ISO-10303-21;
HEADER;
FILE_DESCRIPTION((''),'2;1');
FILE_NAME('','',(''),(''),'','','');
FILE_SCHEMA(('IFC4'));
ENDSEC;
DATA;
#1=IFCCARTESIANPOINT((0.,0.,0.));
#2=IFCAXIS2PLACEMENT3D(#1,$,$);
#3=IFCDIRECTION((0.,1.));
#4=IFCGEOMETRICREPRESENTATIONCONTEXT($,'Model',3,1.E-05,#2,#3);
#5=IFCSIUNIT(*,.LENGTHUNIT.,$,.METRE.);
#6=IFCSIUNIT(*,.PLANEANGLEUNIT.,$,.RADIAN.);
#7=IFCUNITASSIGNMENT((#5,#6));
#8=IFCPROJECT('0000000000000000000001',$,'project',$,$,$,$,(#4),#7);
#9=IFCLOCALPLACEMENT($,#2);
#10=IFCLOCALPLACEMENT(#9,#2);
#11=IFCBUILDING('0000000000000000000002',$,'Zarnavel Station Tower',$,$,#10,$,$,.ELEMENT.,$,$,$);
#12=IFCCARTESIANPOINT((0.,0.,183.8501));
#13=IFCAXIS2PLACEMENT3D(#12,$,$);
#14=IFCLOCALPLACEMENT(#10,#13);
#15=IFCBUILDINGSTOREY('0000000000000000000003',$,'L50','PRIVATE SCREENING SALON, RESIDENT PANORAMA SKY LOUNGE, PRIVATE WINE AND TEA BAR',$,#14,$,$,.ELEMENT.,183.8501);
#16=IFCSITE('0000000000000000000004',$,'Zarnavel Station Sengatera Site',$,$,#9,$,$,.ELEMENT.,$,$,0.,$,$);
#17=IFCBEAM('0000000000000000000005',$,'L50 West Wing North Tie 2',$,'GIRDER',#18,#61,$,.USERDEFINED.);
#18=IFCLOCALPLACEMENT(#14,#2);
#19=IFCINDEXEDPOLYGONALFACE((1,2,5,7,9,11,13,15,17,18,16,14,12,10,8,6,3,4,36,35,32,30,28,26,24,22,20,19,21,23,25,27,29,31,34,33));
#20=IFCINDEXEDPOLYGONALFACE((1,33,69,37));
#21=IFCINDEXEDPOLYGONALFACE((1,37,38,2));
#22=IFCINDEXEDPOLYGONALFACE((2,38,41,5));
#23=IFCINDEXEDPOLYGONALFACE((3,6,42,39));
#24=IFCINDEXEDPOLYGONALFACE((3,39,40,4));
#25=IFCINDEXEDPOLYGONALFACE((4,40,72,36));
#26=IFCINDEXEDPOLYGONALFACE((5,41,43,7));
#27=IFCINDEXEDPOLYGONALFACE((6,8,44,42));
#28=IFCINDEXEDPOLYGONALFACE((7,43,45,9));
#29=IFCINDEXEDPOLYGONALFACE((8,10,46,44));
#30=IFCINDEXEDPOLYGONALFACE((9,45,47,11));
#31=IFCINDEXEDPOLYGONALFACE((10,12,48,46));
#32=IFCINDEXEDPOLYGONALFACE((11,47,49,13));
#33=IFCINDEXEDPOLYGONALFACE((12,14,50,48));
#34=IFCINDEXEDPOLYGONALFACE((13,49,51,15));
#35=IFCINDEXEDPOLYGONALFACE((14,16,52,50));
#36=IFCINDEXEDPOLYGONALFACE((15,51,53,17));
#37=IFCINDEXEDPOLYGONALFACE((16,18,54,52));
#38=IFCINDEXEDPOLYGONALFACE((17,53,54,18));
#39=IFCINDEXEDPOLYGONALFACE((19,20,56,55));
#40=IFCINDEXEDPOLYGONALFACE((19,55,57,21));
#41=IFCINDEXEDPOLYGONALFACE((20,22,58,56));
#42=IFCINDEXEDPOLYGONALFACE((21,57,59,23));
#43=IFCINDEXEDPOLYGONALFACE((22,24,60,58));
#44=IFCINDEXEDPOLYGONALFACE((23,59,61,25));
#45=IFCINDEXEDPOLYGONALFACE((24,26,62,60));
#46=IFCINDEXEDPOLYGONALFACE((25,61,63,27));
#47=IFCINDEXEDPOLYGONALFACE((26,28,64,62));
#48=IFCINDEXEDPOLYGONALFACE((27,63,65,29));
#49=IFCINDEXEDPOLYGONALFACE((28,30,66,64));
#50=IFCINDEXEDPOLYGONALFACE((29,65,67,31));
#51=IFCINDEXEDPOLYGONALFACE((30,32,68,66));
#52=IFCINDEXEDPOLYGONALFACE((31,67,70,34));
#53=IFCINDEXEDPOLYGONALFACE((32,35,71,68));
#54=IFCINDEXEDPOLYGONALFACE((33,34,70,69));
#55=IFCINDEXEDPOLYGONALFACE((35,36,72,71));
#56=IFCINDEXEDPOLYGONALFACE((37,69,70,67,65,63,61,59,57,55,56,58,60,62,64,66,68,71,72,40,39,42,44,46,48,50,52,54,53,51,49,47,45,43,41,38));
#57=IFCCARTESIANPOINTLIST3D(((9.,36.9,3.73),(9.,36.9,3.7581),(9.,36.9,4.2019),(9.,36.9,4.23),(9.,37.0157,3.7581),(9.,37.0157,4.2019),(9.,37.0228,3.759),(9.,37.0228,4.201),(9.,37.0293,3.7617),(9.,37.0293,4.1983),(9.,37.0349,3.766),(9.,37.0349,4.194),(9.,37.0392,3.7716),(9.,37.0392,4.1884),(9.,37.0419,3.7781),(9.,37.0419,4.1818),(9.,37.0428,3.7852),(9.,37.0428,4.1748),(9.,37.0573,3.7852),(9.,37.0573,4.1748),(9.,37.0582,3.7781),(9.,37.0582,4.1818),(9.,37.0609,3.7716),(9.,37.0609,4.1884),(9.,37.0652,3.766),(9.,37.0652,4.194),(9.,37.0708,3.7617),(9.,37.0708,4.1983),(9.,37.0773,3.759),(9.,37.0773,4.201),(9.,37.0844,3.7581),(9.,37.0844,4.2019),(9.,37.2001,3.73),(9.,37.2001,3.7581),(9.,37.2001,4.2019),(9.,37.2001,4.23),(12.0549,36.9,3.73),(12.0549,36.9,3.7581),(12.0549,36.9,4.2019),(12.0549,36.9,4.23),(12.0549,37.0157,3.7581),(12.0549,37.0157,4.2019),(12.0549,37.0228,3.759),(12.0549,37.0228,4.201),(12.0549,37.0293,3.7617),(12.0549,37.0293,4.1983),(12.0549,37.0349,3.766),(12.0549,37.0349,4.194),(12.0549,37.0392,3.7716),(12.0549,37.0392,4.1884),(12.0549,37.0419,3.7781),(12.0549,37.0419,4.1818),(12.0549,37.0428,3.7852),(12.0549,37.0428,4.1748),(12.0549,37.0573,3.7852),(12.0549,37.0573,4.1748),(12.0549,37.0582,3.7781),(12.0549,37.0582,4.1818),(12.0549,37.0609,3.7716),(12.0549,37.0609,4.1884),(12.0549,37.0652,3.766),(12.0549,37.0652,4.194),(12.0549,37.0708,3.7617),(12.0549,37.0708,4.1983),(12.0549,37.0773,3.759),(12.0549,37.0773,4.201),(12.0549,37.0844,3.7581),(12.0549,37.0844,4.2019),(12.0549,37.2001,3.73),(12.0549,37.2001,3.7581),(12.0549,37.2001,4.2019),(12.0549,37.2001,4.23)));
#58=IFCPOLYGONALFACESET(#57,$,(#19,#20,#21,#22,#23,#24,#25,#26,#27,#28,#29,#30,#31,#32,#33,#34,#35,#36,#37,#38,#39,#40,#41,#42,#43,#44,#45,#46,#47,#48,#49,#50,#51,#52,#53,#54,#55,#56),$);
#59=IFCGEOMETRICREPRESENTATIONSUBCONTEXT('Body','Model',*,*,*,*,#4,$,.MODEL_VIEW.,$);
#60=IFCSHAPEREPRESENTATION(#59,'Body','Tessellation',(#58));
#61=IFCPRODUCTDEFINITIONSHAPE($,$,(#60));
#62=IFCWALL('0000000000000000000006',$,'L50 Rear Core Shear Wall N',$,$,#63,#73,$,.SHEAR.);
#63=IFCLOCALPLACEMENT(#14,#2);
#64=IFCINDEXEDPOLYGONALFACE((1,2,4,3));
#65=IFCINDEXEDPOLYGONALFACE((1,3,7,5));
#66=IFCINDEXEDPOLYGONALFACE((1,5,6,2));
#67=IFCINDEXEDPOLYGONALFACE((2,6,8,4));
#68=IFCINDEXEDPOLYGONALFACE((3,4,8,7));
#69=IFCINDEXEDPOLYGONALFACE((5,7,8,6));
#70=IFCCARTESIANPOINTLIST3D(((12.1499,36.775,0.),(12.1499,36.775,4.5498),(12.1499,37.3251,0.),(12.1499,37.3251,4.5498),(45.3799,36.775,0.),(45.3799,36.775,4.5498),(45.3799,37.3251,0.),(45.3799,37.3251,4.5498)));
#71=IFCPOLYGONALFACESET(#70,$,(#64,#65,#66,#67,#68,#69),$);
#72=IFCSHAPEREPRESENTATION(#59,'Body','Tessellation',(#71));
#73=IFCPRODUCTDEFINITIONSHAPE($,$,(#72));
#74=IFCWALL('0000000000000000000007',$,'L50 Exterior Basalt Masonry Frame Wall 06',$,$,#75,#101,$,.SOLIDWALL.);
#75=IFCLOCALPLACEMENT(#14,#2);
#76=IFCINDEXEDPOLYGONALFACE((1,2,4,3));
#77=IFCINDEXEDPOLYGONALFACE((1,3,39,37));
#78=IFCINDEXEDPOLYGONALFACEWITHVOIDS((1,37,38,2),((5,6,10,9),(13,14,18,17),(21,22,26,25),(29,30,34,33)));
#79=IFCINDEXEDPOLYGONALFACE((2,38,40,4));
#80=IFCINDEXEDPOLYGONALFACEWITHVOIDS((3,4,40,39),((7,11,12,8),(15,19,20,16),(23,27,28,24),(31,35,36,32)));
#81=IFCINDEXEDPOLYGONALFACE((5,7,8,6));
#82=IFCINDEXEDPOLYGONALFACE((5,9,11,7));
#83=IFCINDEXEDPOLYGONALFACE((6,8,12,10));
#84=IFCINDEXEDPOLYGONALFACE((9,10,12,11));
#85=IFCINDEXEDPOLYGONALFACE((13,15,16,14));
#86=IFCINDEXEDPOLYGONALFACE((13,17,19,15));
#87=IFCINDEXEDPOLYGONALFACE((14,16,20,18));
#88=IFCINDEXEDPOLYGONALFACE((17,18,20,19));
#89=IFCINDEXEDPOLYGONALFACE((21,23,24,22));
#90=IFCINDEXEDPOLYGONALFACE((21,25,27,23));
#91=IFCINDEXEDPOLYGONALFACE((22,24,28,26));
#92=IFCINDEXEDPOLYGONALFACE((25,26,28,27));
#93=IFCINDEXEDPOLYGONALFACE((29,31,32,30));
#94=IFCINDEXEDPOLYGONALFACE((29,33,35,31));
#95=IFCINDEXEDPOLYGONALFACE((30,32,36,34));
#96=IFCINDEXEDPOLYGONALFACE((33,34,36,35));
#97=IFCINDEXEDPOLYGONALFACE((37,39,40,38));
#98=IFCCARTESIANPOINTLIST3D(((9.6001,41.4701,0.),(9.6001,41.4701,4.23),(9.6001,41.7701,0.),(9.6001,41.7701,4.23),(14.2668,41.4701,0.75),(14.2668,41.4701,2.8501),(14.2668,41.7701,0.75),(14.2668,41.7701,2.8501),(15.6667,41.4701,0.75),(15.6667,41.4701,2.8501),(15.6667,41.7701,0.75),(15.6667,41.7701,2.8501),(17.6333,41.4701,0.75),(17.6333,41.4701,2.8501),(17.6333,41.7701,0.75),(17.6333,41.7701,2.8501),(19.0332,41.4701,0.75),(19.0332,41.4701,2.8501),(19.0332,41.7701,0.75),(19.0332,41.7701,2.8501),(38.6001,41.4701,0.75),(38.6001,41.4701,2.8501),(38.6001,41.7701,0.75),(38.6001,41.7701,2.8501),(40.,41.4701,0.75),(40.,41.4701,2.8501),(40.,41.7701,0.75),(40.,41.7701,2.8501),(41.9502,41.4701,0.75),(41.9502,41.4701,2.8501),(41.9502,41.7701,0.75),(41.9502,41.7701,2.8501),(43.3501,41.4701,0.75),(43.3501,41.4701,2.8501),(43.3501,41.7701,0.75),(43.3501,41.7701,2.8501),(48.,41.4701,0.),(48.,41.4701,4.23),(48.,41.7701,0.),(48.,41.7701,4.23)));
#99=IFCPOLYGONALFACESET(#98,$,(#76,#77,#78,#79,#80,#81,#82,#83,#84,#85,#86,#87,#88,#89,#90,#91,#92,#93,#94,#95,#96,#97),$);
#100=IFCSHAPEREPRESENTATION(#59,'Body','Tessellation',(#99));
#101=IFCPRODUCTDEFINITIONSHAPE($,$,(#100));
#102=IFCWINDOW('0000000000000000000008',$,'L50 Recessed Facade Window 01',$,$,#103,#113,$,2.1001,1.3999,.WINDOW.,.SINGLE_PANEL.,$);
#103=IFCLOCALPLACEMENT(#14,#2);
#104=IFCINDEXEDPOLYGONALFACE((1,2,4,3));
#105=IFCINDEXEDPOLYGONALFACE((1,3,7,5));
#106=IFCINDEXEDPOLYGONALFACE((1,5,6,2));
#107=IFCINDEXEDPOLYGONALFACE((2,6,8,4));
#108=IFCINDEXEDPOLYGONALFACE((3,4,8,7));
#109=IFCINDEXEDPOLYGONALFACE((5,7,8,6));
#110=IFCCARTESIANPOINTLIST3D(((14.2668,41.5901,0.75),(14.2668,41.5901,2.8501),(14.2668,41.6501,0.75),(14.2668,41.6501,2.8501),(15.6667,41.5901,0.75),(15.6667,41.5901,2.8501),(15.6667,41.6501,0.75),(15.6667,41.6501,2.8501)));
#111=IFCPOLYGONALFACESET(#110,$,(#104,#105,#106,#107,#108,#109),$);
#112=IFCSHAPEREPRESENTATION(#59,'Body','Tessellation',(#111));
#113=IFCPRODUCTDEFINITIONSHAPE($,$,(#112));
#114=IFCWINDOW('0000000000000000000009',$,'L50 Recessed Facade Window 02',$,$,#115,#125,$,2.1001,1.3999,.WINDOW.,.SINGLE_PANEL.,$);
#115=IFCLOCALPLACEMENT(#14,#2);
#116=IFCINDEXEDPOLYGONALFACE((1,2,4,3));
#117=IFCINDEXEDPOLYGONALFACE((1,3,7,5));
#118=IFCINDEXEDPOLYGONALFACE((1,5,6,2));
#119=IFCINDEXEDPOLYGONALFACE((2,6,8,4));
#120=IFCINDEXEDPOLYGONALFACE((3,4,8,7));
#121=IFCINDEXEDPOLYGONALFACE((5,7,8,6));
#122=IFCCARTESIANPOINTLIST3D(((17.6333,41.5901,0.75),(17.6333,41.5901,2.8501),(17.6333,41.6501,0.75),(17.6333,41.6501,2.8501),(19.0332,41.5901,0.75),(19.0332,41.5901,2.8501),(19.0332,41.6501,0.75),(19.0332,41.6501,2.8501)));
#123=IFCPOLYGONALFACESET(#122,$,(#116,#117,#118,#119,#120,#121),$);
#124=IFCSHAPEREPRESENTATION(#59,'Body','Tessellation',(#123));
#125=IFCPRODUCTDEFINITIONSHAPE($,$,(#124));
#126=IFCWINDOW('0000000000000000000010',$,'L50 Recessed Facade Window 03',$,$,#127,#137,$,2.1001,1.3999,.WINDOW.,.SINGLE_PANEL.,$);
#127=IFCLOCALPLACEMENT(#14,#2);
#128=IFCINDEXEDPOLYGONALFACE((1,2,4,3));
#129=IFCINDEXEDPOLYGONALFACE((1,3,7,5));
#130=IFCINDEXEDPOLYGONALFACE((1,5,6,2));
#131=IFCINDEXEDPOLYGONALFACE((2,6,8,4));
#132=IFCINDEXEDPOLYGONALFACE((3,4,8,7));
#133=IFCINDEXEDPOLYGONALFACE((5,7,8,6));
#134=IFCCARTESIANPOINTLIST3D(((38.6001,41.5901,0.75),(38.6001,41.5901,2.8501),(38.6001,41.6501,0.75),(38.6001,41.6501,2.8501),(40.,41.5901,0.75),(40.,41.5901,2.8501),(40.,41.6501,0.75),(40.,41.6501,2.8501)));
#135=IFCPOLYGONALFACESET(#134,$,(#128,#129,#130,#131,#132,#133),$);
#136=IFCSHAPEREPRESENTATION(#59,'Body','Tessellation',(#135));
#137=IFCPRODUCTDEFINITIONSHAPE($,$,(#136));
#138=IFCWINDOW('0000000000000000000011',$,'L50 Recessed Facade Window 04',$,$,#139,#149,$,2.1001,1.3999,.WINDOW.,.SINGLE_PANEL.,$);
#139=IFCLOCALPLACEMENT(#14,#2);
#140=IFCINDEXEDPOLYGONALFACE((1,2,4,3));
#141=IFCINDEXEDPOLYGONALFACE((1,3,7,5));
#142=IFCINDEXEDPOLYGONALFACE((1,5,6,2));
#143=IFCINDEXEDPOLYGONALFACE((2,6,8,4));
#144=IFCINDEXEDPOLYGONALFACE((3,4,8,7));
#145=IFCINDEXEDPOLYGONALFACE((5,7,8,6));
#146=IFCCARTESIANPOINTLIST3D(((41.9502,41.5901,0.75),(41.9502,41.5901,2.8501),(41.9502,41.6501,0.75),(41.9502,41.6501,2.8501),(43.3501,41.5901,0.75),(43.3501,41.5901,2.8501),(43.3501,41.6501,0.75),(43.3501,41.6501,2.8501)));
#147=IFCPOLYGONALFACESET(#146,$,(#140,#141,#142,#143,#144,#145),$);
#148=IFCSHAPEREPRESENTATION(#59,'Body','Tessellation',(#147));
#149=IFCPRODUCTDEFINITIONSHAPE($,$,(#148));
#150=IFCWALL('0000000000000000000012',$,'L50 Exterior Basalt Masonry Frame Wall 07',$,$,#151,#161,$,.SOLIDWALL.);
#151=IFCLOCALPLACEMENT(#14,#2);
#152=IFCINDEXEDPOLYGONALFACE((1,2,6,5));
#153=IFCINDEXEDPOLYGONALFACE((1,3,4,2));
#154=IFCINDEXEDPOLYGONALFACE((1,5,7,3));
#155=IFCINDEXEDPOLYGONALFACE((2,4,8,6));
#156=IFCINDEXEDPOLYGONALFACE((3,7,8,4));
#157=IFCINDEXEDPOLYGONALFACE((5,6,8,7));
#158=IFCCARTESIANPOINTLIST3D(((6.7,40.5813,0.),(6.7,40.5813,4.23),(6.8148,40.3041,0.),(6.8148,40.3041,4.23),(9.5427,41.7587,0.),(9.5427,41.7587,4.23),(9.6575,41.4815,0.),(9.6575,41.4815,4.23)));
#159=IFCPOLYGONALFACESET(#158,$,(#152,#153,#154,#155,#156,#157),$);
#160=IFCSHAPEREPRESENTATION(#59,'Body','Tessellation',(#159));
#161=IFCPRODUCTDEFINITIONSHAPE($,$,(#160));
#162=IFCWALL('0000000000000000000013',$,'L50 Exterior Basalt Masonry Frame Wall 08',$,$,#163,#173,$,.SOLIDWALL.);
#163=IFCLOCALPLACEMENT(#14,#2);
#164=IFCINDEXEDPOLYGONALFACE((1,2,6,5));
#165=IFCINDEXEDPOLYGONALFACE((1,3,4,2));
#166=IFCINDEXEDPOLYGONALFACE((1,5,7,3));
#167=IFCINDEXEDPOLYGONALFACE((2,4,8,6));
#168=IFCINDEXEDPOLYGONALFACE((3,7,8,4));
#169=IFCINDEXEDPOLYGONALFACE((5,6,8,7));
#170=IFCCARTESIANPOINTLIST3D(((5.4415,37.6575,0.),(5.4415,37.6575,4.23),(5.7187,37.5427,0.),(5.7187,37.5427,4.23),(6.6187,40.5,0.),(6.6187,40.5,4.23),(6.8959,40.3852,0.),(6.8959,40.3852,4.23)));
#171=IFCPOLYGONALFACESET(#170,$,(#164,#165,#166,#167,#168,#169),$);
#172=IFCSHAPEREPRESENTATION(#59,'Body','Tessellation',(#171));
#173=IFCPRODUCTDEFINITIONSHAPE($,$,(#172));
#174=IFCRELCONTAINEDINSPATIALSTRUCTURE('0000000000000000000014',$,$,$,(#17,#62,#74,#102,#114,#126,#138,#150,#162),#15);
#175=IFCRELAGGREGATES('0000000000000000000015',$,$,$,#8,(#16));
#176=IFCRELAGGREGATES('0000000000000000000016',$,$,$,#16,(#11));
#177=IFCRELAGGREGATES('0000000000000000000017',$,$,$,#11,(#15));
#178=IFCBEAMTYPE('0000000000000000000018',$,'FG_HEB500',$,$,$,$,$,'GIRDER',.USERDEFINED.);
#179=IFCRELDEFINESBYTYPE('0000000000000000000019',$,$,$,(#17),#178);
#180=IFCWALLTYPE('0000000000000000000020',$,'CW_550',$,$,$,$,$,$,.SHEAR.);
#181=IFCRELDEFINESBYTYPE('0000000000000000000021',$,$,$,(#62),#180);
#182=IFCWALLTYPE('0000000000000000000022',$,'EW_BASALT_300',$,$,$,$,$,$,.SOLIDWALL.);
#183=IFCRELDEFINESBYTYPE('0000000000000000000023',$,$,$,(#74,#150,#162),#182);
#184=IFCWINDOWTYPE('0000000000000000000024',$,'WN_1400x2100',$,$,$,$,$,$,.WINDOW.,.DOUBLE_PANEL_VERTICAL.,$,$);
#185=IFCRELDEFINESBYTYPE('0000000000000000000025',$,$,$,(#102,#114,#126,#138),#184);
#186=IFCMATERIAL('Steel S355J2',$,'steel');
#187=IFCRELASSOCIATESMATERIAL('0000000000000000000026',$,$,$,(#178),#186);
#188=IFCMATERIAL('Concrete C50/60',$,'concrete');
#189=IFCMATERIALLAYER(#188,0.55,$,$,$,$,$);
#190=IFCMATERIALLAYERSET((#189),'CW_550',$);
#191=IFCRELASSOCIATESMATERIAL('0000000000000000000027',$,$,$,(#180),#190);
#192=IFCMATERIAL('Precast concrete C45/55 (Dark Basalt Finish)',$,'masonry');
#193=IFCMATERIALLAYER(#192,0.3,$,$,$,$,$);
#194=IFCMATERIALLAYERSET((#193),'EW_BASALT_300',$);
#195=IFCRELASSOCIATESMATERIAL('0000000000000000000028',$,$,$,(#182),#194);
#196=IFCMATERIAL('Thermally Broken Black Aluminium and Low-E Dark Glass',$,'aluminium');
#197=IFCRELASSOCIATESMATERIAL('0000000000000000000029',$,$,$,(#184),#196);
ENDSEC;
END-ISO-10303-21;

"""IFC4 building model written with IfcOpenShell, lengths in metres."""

from ifc_helpers import new_model, si_unit, direction, frame, frame_2d, origin, origin_2d, place, context, subcontext, project, spatial, rectangle, i_section, extrude, material, layer, layer_set, material_profile, profile_set, type_object, element, fill, save


model = new_model("IFC4")

# Units and contexts
model_context = context("Model", 3, precision=1e-05, world=origin(), true_north=direction((0.0, 1.0)))
body_context = subcontext(model_context, "Body", "Model", "MODEL_VIEW")
ifc_project = project(units=[si_unit("LENGTHUNIT", "METRE"), si_unit("PLANEANGLEUNIT", "RADIAN")], contexts=[model_context])

# Site, building, storey
site_placement = place(None, origin())
site = spatial("IfcSite", under=ifc_project, at=site_placement, Name="Zarnavel Station Sengatera Site", CompositionType="ELEMENT", RefElevation=0.0)
building_placement = place(site_placement, origin())
building = spatial("IfcBuilding", under=site, at=building_placement, Name="Zarnavel Station Tower", CompositionType="ELEMENT")
storey_placement = place(building_placement, frame((0.0, 0.0, 183.8501)))
storey = spatial("IfcBuildingStorey", under=building, at=storey_placement, Name="L50", Description="PRIVATE SCREENING SALON, RESIDENT PANORAMA SKY LOUNGE, PRIVATE WINE AND TEA BAR", CompositionType="ELEMENT", Elevation=183.8501)

# Beam
ifc_material_1 = material(Name="Steel S355J2", Category="steel")
ifc_material_profile_1 = material_profile(ifc_material_1, i_section(OverallWidth=0.3, OverallDepth=0.5, WebThickness=0.0144, FlangeThickness=0.0281, FilletRadius=0.0271, at=origin_2d()), Name="HEB500")
ifc_profile_set_1 = profile_set([ifc_material_profile_1], Name="Steel S355J2")
beam_type = type_object("IfcBeamType", Name="FG_HEB500", ElementType="GIRDER", PredefinedType="USERDEFINED", material=ifc_profile_set_1)
beam_1_placement = place(storey_placement, frame((9.0, 37.05, 3.98), z_axis=(1.0, 0.0, 0.0), x_axis=(0.0, 1.0, 0.0)))
element("IfcBeam", 1, at=beam_1_placement, inside=storey, type_object=beam_type, Name="L50 West Wing North Tie 2", ObjectType="GIRDER", PredefinedType="USERDEFINED", context=body_context, shape_type="SweptSolid", body=[
    extrude(i_section(OverallWidth=0.3, OverallDepth=0.5, WebThickness=0.0144, FlangeThickness=0.0281, FilletRadius=0.0271, at=origin_2d()), origin(), (0.0, 0.0, 1.0), 3.0549),
])

# Wall
ifc_material_2 = material(Name="Concrete C50/60", Category="concrete")
ifc_layer_1 = layer(ifc_material_2, 0.55)
ifc_layer_set_1 = layer_set([ifc_layer_1], Name="CW_550")
wall_type_1 = type_object("IfcWallType", Name="CW_550", PredefinedType="SHEAR", material=ifc_layer_set_1)
wall_1_placement = place(storey_placement, frame((12.1499, 37.05, 0.0), z_axis=(0.0, 0.0, 1.0), x_axis=(1.0, 0.0, 0.0)))
element("IfcWall", 2, at=wall_1_placement, inside=storey, type_object=wall_type_1, Name="L50 Rear Core Shear Wall N", PredefinedType="SHEAR", context=body_context, shape_type="SweptSolid", body=[
    extrude(rectangle(XDim=33.23, YDim=0.55, at=frame_2d((16.615, 0.0))), origin(), (0.0, 0.0, 1.0), 4.5498),
])

# Wall, openings, windows
ifc_material_3 = material(Name="Precast concrete C45/55 (Dark Basalt Finish)", Category="masonry")
ifc_layer_2 = layer(ifc_material_3, 0.3)
ifc_layer_set_2 = layer_set([ifc_layer_2], Name="EW_BASALT_300")
wall_type_2 = type_object("IfcWallType", Name="EW_BASALT_300", PredefinedType="SOLIDWALL", material=ifc_layer_set_2)
wall_2_placement = place(storey_placement, frame((9.6001, 41.6201, 0.0), z_axis=(0.0, 0.0, 1.0), x_axis=(1.0, 0.0, 0.0)))
wall_2 = element("IfcWall", 3, at=wall_2_placement, inside=storey, type_object=wall_type_2, Name="L50 Exterior Basalt Masonry Frame Wall 06", PredefinedType="SOLIDWALL", context=body_context, shape_type="SweptSolid", body=[
    extrude(rectangle(XDim=38.3999, YDim=0.3, at=frame_2d((19.2, 0.0))), origin(), (0.0, 0.0, 1.0), 4.23),
])
opening_1_placement = place(wall_2_placement, frame((4.6667, 0.0, 0.75)))
opening_1 = element("IfcOpeningElement", 4, at=opening_1_placement, cuts=wall_2, PredefinedType="OPENING", context=body_context, shape_type="SweptSolid", body=[
    extrude(rectangle(XDim=1.3999, YDim=2.1001, at=frame_2d((0.7, 1.05))), frame((0.0, 0.1599, 0.0), z_axis=(0.0, -1.0, 0.0), x_axis=(1.0, 0.0, 0.0)), (0.0, 0.0, 1.0), 0.3201),
])
opening_2_placement = place(wall_2_placement, frame((8.0332, 0.0, 0.75)))
opening_2 = element("IfcOpeningElement", 5, at=opening_2_placement, cuts=wall_2, PredefinedType="OPENING", context=body_context, shape_type="SweptSolid", body=[
    extrude(rectangle(XDim=1.3999, YDim=2.1001, at=frame_2d((0.7, 1.05))), frame((0.0, 0.1599, 0.0), z_axis=(0.0, -1.0, 0.0), x_axis=(1.0, 0.0, 0.0)), (0.0, 0.0, 1.0), 0.3201),
])
opening_3_placement = place(wall_2_placement, frame((29.0, 0.0, 0.75)))
opening_3 = element("IfcOpeningElement", 6, at=opening_3_placement, cuts=wall_2, PredefinedType="OPENING", context=body_context, shape_type="SweptSolid", body=[
    extrude(rectangle(XDim=1.3999, YDim=2.1001, at=frame_2d((0.7, 1.05))), frame((0.0, 0.1599, 0.0), z_axis=(0.0, -1.0, 0.0), x_axis=(1.0, 0.0, 0.0)), (0.0, 0.0, 1.0), 0.3201),
])
opening_4_placement = place(wall_2_placement, frame((32.3501, 0.0, 0.75)))
opening_4 = element("IfcOpeningElement", 7, at=opening_4_placement, cuts=wall_2, PredefinedType="OPENING", context=body_context, shape_type="SweptSolid", body=[
    extrude(rectangle(XDim=1.3999, YDim=2.1001, at=frame_2d((0.7, 1.05))), frame((0.0, 0.1599, 0.0), z_axis=(0.0, -1.0, 0.0), x_axis=(1.0, 0.0, 0.0)), (0.0, 0.0, 1.0), 0.3201),
])
ifc_material_4 = material(Name="Thermally Broken Black Aluminium and Low-E Dark Glass", Category="aluminium")
window_type = type_object("IfcWindowType", Name="WN_1400x2100", PartitioningType="DOUBLE_PANEL_VERTICAL", PredefinedType="WINDOW", material=ifc_material_4)
window_1_placement = place(opening_1_placement, origin())
window_1 = element("IfcWindow", 8, at=window_1_placement, inside=storey, type_object=window_type, Name="L50 Recessed Facade Window 01", OverallHeight=2.1001, OverallWidth=1.3999, PartitioningType="SINGLE_PANEL", PredefinedType="WINDOW", context=body_context, shape_type="SweptSolid", body=[
    extrude(rectangle(XDim=1.3999, YDim=2.1001, at=frame_2d((0.7, 1.05))), frame((0.0, 0.03, 0.0), z_axis=(0.0, -1.0, 0.0), x_axis=(1.0, 0.0, 0.0)), (0.0, 0.0, 1.0), 0.0601),
])
fill(opening_1, window_1)
window_2_placement = place(opening_2_placement, origin())
window_2 = element("IfcWindow", 9, at=window_2_placement, inside=storey, type_object=window_type, Name="L50 Recessed Facade Window 02", OverallHeight=2.1001, OverallWidth=1.3999, PartitioningType="SINGLE_PANEL", PredefinedType="WINDOW", context=body_context, shape_type="SweptSolid", body=[
    extrude(rectangle(XDim=1.3999, YDim=2.1001, at=frame_2d((0.7, 1.05))), frame((0.0, 0.03, 0.0), z_axis=(0.0, -1.0, 0.0), x_axis=(1.0, 0.0, 0.0)), (0.0, 0.0, 1.0), 0.0601),
])
fill(opening_2, window_2)
window_3_placement = place(opening_3_placement, origin())
window_3 = element("IfcWindow", 10, at=window_3_placement, inside=storey, type_object=window_type, Name="L50 Recessed Facade Window 03", OverallHeight=2.1001, OverallWidth=1.3999, PartitioningType="SINGLE_PANEL", PredefinedType="WINDOW", context=body_context, shape_type="SweptSolid", body=[
    extrude(rectangle(XDim=1.3999, YDim=2.1001, at=frame_2d((0.7, 1.05))), frame((0.0, 0.03, 0.0), z_axis=(0.0, -1.0, 0.0), x_axis=(1.0, 0.0, 0.0)), (0.0, 0.0, 1.0), 0.0601),
])
fill(opening_3, window_3)
window_4_placement = place(opening_4_placement, origin())
window_4 = element("IfcWindow", 11, at=window_4_placement, inside=storey, type_object=window_type, Name="L50 Recessed Facade Window 04", OverallHeight=2.1001, OverallWidth=1.3999, PartitioningType="SINGLE_PANEL", PredefinedType="WINDOW", context=body_context, shape_type="SweptSolid", body=[
    extrude(rectangle(XDim=1.3999, YDim=2.1001, at=frame_2d((0.7, 1.05))), frame((0.0, 0.03, 0.0), z_axis=(0.0, -1.0, 0.0), x_axis=(1.0, 0.0, 0.0)), (0.0, 0.0, 1.0), 0.0601),
])
fill(opening_4, window_4)

# Walls
wall_3_placement = place(storey_placement, frame((6.7573, 40.4426, 0.0), z_axis=(0.0, 0.0, 1.0), x_axis=(0.923882, 0.382676, 0.0)))
element("IfcWall", 12, at=wall_3_placement, inside=storey, type_object=wall_type_2, Name="L50 Exterior Basalt Masonry Frame Wall 07", PredefinedType="SOLIDWALL", context=body_context, shape_type="SweptSolid", body=[
    extrude(rectangle(XDim=3.0769, YDim=0.3, at=frame_2d((1.5386, 0.0))), origin(), (0.0, 0.0, 1.0), 4.23),
])
wall_4_placement = place(storey_placement, frame((5.5801, 37.6001, 0.0), z_axis=(0.0, 0.0, 1.0), x_axis=(0.382637, 0.923899, 0.0)))
element("IfcWall", 13, at=wall_4_placement, inside=storey, type_object=wall_type_2, Name="L50 Exterior Basalt Masonry Frame Wall 08", PredefinedType="SOLIDWALL", context=body_context, shape_type="SweptSolid", body=[
    extrude(rectangle(XDim=3.0767, YDim=0.3, at=frame_2d((1.5383, 0.0))), origin(), (0.0, 0.0, 1.0), 4.23),
])

save(model, "model.ifc")
